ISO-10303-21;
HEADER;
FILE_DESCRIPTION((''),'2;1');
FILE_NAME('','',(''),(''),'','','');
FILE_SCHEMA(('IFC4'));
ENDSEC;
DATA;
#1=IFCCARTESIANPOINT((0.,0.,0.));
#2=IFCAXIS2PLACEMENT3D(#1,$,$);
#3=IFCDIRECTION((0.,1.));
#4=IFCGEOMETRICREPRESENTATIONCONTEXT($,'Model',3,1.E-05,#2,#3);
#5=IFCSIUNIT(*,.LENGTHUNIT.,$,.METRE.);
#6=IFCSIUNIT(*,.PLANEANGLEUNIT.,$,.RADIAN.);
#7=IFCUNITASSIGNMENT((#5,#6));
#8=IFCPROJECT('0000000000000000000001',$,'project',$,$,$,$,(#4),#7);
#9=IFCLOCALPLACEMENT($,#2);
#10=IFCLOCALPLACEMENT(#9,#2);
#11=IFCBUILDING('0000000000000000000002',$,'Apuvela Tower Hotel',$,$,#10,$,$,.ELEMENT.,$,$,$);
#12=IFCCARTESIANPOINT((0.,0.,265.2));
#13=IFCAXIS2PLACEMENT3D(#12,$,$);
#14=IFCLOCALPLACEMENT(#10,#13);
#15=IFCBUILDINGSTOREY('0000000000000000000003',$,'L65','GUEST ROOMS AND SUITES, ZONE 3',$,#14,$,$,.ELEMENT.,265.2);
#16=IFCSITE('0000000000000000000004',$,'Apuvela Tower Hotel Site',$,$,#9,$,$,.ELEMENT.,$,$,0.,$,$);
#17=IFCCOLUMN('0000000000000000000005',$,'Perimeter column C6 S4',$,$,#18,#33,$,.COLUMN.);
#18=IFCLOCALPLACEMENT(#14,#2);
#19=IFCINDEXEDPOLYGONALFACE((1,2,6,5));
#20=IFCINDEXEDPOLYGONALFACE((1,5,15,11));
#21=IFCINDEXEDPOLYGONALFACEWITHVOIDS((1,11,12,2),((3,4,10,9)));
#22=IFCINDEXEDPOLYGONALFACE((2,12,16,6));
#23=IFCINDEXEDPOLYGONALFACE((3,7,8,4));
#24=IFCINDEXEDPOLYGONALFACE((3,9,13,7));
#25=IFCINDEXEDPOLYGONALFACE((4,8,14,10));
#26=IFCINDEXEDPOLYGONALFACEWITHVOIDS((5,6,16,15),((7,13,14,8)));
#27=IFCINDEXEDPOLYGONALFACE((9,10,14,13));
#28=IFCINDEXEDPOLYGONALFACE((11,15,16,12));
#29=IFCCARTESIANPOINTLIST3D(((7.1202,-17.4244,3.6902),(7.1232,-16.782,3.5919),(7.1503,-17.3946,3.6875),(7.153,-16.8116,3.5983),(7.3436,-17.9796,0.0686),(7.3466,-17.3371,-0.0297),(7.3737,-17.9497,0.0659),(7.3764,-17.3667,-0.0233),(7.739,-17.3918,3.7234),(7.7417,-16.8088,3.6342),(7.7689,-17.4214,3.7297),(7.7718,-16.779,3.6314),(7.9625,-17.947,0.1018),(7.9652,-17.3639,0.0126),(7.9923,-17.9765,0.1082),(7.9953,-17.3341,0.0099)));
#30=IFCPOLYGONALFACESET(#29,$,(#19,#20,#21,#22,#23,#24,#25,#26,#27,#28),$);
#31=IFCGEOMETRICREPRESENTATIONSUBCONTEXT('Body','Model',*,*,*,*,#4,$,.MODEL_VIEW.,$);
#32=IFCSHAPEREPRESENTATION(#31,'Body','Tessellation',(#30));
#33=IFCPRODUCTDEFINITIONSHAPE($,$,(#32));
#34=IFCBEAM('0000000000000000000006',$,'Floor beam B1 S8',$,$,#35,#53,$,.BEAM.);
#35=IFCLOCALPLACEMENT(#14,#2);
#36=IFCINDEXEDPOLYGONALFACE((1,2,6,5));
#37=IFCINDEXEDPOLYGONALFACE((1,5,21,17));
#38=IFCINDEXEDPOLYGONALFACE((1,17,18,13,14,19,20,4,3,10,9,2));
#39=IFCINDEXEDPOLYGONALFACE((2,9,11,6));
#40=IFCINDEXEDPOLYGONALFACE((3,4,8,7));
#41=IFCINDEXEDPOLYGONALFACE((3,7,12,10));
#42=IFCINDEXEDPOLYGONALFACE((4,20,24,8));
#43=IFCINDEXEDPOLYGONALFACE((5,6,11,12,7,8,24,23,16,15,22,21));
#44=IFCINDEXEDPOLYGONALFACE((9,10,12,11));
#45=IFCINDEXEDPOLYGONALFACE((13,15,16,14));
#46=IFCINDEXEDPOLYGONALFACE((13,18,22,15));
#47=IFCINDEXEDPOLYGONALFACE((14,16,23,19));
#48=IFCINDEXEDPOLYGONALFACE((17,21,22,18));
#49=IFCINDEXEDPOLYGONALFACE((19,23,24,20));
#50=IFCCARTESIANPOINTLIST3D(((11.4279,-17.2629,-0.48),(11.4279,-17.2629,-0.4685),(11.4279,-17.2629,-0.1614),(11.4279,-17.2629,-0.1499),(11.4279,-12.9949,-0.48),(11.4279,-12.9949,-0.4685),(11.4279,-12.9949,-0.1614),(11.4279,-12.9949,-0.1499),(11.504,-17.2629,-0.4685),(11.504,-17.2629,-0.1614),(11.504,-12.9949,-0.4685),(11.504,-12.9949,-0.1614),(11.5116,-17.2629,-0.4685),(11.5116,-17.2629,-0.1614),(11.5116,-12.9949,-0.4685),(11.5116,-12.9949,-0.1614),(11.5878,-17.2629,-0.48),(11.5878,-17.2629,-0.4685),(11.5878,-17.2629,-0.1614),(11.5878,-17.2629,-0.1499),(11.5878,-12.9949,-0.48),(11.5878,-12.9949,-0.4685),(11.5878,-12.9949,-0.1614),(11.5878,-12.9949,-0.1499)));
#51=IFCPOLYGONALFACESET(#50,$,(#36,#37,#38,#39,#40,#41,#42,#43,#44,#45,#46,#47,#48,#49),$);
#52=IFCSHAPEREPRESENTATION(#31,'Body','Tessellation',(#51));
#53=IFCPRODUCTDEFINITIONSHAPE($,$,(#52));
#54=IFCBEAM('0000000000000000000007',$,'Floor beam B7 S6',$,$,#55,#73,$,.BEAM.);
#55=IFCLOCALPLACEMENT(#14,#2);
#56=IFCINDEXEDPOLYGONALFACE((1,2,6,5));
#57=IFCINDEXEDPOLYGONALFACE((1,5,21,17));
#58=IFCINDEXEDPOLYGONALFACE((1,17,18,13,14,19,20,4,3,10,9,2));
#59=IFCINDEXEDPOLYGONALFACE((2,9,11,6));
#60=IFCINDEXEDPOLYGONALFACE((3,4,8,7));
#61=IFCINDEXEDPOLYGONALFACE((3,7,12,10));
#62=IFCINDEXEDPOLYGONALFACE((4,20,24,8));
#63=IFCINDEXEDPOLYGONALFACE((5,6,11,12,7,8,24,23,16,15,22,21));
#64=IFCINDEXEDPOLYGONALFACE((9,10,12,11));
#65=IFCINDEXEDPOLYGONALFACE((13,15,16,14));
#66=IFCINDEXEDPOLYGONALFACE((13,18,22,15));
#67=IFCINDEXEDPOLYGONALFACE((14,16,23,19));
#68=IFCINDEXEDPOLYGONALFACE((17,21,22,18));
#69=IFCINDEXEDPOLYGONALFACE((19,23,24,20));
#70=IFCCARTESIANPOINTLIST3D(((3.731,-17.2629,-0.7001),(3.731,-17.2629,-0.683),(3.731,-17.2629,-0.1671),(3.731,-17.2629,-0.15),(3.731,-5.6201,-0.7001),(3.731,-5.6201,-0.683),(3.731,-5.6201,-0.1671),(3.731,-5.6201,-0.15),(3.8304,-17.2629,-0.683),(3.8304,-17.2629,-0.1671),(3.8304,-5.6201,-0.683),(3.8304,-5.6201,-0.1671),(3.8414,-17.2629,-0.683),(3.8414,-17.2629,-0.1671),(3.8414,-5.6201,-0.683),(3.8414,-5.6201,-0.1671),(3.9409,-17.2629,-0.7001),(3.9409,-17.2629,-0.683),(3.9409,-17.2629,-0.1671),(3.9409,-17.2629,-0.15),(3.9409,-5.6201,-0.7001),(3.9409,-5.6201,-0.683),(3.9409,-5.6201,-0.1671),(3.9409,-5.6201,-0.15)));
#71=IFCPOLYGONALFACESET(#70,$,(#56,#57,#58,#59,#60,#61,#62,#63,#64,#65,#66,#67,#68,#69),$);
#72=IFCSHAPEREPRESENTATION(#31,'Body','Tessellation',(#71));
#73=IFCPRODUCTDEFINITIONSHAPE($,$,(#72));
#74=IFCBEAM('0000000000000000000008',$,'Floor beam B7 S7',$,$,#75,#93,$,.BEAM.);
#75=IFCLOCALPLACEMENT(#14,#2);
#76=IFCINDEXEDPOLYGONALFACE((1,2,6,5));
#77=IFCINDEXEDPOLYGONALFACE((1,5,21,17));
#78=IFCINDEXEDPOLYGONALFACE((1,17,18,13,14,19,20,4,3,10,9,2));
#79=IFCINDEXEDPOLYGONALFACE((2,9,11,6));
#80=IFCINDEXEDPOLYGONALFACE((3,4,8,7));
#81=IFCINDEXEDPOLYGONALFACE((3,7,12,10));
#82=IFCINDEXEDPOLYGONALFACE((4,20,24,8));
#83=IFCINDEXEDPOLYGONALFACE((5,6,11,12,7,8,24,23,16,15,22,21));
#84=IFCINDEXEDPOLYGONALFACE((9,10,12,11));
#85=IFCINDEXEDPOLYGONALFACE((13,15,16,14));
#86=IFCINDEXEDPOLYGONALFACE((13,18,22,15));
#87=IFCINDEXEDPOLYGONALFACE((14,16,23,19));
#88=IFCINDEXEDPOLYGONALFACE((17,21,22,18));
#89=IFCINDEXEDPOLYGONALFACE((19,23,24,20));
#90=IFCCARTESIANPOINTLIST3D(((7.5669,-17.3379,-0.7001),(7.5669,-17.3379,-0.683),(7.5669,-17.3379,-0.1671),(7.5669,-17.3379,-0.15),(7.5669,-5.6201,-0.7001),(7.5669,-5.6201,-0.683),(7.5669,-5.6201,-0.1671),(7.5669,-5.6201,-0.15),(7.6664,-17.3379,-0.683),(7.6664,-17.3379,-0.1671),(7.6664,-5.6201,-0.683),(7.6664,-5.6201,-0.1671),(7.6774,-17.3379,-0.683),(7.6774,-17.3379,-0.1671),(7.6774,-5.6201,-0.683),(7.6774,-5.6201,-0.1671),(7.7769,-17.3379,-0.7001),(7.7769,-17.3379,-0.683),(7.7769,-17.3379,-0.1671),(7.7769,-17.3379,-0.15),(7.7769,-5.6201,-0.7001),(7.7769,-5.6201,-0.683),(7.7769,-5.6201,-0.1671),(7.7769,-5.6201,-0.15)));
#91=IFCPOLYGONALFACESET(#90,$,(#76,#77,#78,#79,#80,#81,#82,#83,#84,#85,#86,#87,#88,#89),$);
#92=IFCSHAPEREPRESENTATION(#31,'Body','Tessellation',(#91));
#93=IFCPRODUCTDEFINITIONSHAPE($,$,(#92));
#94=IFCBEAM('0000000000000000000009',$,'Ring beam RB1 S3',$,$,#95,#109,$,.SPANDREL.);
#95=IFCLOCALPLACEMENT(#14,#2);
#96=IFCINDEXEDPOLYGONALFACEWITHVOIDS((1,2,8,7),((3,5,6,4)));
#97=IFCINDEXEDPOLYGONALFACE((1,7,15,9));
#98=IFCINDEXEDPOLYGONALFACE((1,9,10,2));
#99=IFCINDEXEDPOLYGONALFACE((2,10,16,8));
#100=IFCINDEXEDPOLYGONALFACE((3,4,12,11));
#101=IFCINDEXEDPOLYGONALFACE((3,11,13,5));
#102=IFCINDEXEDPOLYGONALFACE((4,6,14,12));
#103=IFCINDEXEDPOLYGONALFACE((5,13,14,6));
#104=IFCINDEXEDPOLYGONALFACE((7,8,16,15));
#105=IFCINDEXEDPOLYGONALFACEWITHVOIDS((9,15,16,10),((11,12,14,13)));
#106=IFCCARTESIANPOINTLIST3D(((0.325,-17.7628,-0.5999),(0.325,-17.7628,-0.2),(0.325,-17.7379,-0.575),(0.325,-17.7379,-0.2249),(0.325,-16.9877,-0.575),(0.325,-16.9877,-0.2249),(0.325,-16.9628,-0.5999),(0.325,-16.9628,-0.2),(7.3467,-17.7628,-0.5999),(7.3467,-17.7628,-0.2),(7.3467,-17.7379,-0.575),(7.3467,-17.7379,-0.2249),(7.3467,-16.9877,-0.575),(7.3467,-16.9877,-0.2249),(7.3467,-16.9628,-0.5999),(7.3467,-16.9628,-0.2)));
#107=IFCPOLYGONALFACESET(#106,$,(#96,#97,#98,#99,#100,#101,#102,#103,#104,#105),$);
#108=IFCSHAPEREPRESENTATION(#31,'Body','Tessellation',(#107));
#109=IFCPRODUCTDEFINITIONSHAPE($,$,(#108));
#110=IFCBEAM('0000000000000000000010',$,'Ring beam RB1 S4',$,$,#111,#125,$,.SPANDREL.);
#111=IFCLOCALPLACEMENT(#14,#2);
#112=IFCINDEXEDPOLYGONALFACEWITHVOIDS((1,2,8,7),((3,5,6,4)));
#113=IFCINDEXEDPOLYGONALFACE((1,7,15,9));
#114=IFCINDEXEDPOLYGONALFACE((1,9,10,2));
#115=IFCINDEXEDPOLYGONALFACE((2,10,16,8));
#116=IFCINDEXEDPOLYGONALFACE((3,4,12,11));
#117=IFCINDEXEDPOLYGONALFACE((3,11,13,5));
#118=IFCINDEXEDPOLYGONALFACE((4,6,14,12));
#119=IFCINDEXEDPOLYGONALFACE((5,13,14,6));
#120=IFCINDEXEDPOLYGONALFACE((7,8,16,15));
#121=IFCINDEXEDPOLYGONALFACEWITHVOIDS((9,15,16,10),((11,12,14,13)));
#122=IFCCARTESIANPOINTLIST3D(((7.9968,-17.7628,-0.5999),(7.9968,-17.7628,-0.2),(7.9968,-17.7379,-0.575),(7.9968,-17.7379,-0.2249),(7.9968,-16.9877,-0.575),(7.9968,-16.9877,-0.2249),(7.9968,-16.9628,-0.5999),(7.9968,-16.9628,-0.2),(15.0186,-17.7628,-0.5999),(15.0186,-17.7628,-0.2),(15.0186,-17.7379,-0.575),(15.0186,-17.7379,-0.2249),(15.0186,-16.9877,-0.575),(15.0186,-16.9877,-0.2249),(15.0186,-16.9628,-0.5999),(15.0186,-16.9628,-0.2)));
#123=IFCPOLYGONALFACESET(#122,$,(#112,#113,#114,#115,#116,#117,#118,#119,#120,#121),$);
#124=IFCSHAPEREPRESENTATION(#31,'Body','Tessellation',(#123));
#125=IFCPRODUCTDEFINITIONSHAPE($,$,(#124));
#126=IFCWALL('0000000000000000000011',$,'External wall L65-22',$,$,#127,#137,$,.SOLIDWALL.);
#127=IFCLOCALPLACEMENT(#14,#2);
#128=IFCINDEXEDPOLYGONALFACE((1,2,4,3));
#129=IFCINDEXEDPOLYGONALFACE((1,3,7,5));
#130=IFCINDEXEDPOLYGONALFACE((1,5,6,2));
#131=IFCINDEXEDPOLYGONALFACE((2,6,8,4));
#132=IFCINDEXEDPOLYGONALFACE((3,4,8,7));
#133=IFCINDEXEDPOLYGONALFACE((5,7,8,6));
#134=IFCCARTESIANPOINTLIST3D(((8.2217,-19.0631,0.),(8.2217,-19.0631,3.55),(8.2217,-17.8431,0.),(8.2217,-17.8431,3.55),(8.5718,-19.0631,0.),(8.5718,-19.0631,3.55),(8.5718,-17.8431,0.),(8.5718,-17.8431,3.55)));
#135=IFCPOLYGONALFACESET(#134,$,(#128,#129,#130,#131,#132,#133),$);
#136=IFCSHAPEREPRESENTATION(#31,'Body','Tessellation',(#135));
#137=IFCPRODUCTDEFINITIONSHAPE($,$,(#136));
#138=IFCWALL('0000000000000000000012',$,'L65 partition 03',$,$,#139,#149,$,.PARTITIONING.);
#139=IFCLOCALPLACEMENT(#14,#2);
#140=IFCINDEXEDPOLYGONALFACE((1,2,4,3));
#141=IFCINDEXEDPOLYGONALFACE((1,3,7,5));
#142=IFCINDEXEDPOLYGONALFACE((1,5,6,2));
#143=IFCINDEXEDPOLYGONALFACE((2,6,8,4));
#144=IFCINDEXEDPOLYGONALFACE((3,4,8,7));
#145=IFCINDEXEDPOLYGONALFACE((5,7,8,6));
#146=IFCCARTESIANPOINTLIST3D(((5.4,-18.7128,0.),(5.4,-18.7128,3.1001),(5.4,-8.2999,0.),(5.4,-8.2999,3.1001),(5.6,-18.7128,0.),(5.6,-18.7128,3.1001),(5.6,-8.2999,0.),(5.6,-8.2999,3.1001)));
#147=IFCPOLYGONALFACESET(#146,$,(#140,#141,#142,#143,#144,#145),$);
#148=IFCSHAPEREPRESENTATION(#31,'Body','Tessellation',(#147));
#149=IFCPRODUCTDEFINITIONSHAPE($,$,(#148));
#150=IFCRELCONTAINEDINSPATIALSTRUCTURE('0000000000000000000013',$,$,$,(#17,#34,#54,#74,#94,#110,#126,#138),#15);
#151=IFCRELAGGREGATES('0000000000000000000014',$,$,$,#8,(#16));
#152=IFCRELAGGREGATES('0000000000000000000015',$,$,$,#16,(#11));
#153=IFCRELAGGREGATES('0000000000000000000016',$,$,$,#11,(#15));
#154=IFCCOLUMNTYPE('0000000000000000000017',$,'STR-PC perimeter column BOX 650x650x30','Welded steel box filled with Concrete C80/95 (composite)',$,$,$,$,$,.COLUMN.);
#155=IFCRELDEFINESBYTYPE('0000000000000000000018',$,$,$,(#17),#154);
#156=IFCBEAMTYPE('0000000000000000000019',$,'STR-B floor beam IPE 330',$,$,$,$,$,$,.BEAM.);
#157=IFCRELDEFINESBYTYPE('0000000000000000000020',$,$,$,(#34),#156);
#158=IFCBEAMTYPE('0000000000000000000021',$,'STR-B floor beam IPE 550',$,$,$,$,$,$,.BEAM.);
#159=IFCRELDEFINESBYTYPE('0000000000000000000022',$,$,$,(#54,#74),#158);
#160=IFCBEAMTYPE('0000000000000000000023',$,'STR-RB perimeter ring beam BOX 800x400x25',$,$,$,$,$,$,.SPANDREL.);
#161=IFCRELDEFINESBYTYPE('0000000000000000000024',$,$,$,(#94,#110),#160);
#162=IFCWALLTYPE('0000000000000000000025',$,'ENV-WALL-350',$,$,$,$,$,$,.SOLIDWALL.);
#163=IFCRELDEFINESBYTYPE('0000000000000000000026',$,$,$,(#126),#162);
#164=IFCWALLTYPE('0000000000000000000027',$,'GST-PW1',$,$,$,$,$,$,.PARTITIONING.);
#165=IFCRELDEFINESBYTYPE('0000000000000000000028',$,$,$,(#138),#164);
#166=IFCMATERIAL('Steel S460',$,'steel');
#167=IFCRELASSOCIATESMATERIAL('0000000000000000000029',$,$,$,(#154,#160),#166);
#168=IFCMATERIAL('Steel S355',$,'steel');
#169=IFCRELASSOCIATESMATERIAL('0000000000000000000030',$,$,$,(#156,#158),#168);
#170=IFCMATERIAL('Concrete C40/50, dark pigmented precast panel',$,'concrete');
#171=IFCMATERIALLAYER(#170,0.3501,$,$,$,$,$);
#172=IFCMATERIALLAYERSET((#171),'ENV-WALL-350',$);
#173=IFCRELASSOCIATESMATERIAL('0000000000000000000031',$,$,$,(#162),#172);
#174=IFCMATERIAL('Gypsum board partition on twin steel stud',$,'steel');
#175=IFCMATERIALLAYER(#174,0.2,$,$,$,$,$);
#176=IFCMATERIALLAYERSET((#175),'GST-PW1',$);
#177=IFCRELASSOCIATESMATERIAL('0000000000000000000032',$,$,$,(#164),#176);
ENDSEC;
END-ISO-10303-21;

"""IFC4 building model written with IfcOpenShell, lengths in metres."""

from ifc_helpers import new_model, si_unit, direction, frame, frame_2d, origin, origin_2d, place, context, subcontext, project, spatial, rectangle, hollow_rectangle, i_section, extrude, boolean, halfspace, material, layer, layer_set, material_profile, profile_set, type_object, element, save


model = new_model("IFC4")

# Units and contexts
model_context = context("Model", 3, precision=1e-05, world=origin(), true_north=direction((0.0, 1.0)))
body_context = subcontext(model_context, "Body", "Model", "MODEL_VIEW")
ifc_project = project(units=[si_unit("LENGTHUNIT", "METRE"), si_unit("PLANEANGLEUNIT", "RADIAN")], contexts=[model_context])

# Site, building, storey
site_placement = place(None, origin())
site = spatial("IfcSite", under=ifc_project, at=site_placement, Name="Apuvela Tower Hotel Site", CompositionType="ELEMENT", RefElevation=0.0)
building_placement = place(site_placement, origin())
building = spatial("IfcBuilding", under=site, at=building_placement, Name="Apuvela Tower Hotel", CompositionType="ELEMENT")
storey_placement = place(building_placement, frame((0.0, 0.0, 265.2)))
storey = spatial("IfcBuildingStorey", under=building, at=storey_placement, Name="L65", Description="GUEST ROOMS AND SUITES, ZONE 3", CompositionType="ELEMENT", Elevation=265.2)

# Column
ifc_material_1 = material(Name="Steel S460", Category="steel")
ifc_material_profile_1 = material_profile(ifc_material_1, hollow_rectangle(XDim=0.6499, YDim=0.6499, WallThickness=0.03, at=origin_2d()), Name="BOX 650x650x30")
ifc_material_2 = material(Name="Concrete C80/95", Category="concrete")
ifc_material_profile_2 = material_profile(ifc_material_2, rectangle(XDim=0.5901, YDim=0.5901, at=origin_2d()), Name="Concrete C80/95 infill")
ifc_profile_set_1 = profile_set([ifc_material_profile_1, ifc_material_profile_2], Name="Steel S460")
column_type = type_object("IfcColumnType", Name="STR-PC perimeter column BOX 650x650x30", Description="Welded steel box filled with Concrete C80/95 (composite)", PredefinedType="COLUMN", material=ifc_profile_set_1)
column_placement = place(storey_placement, frame((7.6719, -17.6628, 0.0), z_axis=(-0.06087, 0.151232, 0.986622), x_axis=(0.998135, 0.004714, 0.060858)))
element("IfcColumn", 1, at=column_placement, inside=storey, type_object=column_type, Name="Perimeter column C6 S4", PredefinedType="COLUMN", context=body_context, shape_type="SweptSolid", body=[
    boolean("DIFFERENCE", boolean("DIFFERENCE", extrude(hollow_rectangle(XDim=0.6499, YDim=0.6499, WallThickness=0.03, at=origin_2d()), origin(), (0.0, 0.0, 1.0), 3.75), halfspace(frame((0.0, 0.0, 0.0398), z_axis=(0.0, 0.0, 1.0), x_axis=(1.0, 0.0, 0.0)), True)), halfspace(frame((0.0, 0.0, 3.7104), z_axis=(0.0, 0.0, 1.0), x_axis=(1.0, 0.0, 0.0)), False)),
])

# Beams
ifc_material_3 = material(Name="Steel S355", Category="steel")
ifc_material_profile_3 = material_profile(ifc_material_3, i_section(OverallWidth=0.1599, OverallDepth=0.3301, WebThickness=0.0076, FlangeThickness=0.0115, at=origin_2d()), Name="IPE 330")
ifc_profile_set_2 = profile_set([ifc_material_profile_3], Name="Steel S355")
beam_type_1 = type_object("IfcBeamType", Name="STR-B floor beam IPE 330", PredefinedType="BEAM", material=ifc_profile_set_2)
beam_1_placement = place(storey_placement, frame((11.5078, -17.2629, -0.3149), z_axis=(0.0, 1.0, 0.0), x_axis=(-1.0, 0.0, 0.0)))
element("IfcBeam", 2, at=beam_1_placement, inside=storey, type_object=beam_type_1, Name="Floor beam B1 S8", PredefinedType="BEAM", context=body_context, shape_type="SweptSolid", body=[
    extrude(i_section(OverallWidth=0.1599, OverallDepth=0.3301, WebThickness=0.0076, FlangeThickness=0.0115, at=origin_2d()), origin(), (0.0, 0.0, 1.0), 4.2681),
])
ifc_material_profile_4 = material_profile(ifc_material_3, i_section(OverallWidth=0.21, OverallDepth=0.55, WebThickness=0.011, FlangeThickness=0.0171, at=origin_2d()), Name="IPE 550")
ifc_profile_set_3 = profile_set([ifc_material_profile_4], Name="Steel S355")
beam_type_2 = type_object("IfcBeamType", Name="STR-B floor beam IPE 550", PredefinedType="BEAM", material=ifc_profile_set_3)
beam_2_placement = place(storey_placement, frame((3.8359, -17.2629, -0.425), z_axis=(0.0, 1.0, 0.0), x_axis=(-1.0, 0.0, 0.0)))
element("IfcBeam", 3, at=beam_2_placement, inside=storey, type_object=beam_type_2, Name="Floor beam B7 S6", PredefinedType="BEAM", context=body_context, shape_type="SweptSolid", body=[
    extrude(i_section(OverallWidth=0.21, OverallDepth=0.55, WebThickness=0.011, FlangeThickness=0.0171, at=origin_2d()), origin(), (0.0, 0.0, 1.0), 11.6428),
])
beam_3_placement = place(storey_placement, frame((7.6719, -17.3379, -0.425), z_axis=(0.0, 1.0, 0.0), x_axis=(-1.0, 0.0, 0.0)))
element("IfcBeam", 4, at=beam_3_placement, inside=storey, type_object=beam_type_2, Name="Floor beam B7 S7", PredefinedType="BEAM", context=body_context, shape_type="SweptSolid", body=[
    extrude(i_section(OverallWidth=0.21, OverallDepth=0.55, WebThickness=0.011, FlangeThickness=0.0171, at=origin_2d()), origin(), (0.0, 0.0, 1.0), 11.7178),
])
ifc_material_profile_5 = material_profile(ifc_material_1, hollow_rectangle(XDim=0.8, YDim=0.3999, WallThickness=0.0249, at=origin_2d()), Name="BOX 800x400x25")
ifc_profile_set_4 = profile_set([ifc_material_profile_5], Name="Steel S460")
beam_type_3 = type_object("IfcBeamType", Name="STR-RB perimeter ring beam BOX 800x400x25", PredefinedType="SPANDREL", material=ifc_profile_set_4)
for number, where, z_axis, x_axis, name in (
    (5, (0.325, -17.3628, -0.3999), (1.0, 0.0, 0.0), (0.0, 1.0, 0.0), "Ring beam RB1 S3"),
    (6, (7.9968, -17.3628, -0.3999), (1.0, 0.0, 0.0), (0.0, 1.0, 0.0), "Ring beam RB1 S4"),
):
    element("IfcBeam", number, at=place(storey_placement, frame(where, z_axis=z_axis, x_axis=x_axis)), inside=storey, type_object=beam_type_3, Name=name, PredefinedType="SPANDREL", context=body_context, shape_type="SweptSolid", body=[
        extrude(hollow_rectangle(XDim=0.8, YDim=0.3999, WallThickness=0.0249, at=origin_2d()), origin(), (0.0, 0.0, 1.0), 7.0217),
    ])

# Wall
ifc_material_4 = material(Name="Concrete C40/50, dark pigmented precast panel", Category="concrete")
ifc_layer_1 = layer(ifc_material_4, 0.3501)
ifc_layer_set_1 = layer_set([ifc_layer_1], Name="ENV-WALL-350")
wall_type_1 = type_object("IfcWallType", Name="ENV-WALL-350", PredefinedType="SOLIDWALL", material=ifc_layer_set_1)
wall_1_placement = place(storey_placement, frame((8.3967, -19.063, 0.0), z_axis=(0.0, 0.0, 1.0), x_axis=(0.0, 1.0, 0.0)))
element("IfcWall", 7, at=wall_1_placement, inside=storey, type_object=wall_type_1, Name="External wall L65-22", PredefinedType="SOLIDWALL", context=body_context, shape_type="SweptSolid", body=[
    extrude(rectangle(XDim=1.22, YDim=0.3501, at=frame_2d((0.6099, 0.0))), origin(), (0.0, 0.0, 1.0), 3.55),
])

# Wall
ifc_material_5 = material(Name="Gypsum board partition on twin steel stud", Category="steel")
ifc_layer_2 = layer(ifc_material_5, 0.2)
ifc_layer_set_2 = layer_set([ifc_layer_2], Name="GST-PW1")
wall_type_2 = type_object("IfcWallType", Name="GST-PW1", PredefinedType="PARTITIONING", material=ifc_layer_set_2)
wall_2_placement = place(storey_placement, frame((5.5, -18.7129, 0.0), z_axis=(0.0, 0.0, 1.0), x_axis=(0.0, 1.0, 0.0)))
element("IfcWall", 8, at=wall_2_placement, inside=storey, type_object=wall_type_2, Name="L65 partition 03", PredefinedType="PARTITIONING", context=body_context, shape_type="SweptSolid", body=[
    extrude(rectangle(XDim=10.4128, YDim=0.2, at=frame_2d((5.2065, 0.0))), origin(), (0.0, 0.0, 1.0), 3.1001),
])

save(model, "model.ifc")
